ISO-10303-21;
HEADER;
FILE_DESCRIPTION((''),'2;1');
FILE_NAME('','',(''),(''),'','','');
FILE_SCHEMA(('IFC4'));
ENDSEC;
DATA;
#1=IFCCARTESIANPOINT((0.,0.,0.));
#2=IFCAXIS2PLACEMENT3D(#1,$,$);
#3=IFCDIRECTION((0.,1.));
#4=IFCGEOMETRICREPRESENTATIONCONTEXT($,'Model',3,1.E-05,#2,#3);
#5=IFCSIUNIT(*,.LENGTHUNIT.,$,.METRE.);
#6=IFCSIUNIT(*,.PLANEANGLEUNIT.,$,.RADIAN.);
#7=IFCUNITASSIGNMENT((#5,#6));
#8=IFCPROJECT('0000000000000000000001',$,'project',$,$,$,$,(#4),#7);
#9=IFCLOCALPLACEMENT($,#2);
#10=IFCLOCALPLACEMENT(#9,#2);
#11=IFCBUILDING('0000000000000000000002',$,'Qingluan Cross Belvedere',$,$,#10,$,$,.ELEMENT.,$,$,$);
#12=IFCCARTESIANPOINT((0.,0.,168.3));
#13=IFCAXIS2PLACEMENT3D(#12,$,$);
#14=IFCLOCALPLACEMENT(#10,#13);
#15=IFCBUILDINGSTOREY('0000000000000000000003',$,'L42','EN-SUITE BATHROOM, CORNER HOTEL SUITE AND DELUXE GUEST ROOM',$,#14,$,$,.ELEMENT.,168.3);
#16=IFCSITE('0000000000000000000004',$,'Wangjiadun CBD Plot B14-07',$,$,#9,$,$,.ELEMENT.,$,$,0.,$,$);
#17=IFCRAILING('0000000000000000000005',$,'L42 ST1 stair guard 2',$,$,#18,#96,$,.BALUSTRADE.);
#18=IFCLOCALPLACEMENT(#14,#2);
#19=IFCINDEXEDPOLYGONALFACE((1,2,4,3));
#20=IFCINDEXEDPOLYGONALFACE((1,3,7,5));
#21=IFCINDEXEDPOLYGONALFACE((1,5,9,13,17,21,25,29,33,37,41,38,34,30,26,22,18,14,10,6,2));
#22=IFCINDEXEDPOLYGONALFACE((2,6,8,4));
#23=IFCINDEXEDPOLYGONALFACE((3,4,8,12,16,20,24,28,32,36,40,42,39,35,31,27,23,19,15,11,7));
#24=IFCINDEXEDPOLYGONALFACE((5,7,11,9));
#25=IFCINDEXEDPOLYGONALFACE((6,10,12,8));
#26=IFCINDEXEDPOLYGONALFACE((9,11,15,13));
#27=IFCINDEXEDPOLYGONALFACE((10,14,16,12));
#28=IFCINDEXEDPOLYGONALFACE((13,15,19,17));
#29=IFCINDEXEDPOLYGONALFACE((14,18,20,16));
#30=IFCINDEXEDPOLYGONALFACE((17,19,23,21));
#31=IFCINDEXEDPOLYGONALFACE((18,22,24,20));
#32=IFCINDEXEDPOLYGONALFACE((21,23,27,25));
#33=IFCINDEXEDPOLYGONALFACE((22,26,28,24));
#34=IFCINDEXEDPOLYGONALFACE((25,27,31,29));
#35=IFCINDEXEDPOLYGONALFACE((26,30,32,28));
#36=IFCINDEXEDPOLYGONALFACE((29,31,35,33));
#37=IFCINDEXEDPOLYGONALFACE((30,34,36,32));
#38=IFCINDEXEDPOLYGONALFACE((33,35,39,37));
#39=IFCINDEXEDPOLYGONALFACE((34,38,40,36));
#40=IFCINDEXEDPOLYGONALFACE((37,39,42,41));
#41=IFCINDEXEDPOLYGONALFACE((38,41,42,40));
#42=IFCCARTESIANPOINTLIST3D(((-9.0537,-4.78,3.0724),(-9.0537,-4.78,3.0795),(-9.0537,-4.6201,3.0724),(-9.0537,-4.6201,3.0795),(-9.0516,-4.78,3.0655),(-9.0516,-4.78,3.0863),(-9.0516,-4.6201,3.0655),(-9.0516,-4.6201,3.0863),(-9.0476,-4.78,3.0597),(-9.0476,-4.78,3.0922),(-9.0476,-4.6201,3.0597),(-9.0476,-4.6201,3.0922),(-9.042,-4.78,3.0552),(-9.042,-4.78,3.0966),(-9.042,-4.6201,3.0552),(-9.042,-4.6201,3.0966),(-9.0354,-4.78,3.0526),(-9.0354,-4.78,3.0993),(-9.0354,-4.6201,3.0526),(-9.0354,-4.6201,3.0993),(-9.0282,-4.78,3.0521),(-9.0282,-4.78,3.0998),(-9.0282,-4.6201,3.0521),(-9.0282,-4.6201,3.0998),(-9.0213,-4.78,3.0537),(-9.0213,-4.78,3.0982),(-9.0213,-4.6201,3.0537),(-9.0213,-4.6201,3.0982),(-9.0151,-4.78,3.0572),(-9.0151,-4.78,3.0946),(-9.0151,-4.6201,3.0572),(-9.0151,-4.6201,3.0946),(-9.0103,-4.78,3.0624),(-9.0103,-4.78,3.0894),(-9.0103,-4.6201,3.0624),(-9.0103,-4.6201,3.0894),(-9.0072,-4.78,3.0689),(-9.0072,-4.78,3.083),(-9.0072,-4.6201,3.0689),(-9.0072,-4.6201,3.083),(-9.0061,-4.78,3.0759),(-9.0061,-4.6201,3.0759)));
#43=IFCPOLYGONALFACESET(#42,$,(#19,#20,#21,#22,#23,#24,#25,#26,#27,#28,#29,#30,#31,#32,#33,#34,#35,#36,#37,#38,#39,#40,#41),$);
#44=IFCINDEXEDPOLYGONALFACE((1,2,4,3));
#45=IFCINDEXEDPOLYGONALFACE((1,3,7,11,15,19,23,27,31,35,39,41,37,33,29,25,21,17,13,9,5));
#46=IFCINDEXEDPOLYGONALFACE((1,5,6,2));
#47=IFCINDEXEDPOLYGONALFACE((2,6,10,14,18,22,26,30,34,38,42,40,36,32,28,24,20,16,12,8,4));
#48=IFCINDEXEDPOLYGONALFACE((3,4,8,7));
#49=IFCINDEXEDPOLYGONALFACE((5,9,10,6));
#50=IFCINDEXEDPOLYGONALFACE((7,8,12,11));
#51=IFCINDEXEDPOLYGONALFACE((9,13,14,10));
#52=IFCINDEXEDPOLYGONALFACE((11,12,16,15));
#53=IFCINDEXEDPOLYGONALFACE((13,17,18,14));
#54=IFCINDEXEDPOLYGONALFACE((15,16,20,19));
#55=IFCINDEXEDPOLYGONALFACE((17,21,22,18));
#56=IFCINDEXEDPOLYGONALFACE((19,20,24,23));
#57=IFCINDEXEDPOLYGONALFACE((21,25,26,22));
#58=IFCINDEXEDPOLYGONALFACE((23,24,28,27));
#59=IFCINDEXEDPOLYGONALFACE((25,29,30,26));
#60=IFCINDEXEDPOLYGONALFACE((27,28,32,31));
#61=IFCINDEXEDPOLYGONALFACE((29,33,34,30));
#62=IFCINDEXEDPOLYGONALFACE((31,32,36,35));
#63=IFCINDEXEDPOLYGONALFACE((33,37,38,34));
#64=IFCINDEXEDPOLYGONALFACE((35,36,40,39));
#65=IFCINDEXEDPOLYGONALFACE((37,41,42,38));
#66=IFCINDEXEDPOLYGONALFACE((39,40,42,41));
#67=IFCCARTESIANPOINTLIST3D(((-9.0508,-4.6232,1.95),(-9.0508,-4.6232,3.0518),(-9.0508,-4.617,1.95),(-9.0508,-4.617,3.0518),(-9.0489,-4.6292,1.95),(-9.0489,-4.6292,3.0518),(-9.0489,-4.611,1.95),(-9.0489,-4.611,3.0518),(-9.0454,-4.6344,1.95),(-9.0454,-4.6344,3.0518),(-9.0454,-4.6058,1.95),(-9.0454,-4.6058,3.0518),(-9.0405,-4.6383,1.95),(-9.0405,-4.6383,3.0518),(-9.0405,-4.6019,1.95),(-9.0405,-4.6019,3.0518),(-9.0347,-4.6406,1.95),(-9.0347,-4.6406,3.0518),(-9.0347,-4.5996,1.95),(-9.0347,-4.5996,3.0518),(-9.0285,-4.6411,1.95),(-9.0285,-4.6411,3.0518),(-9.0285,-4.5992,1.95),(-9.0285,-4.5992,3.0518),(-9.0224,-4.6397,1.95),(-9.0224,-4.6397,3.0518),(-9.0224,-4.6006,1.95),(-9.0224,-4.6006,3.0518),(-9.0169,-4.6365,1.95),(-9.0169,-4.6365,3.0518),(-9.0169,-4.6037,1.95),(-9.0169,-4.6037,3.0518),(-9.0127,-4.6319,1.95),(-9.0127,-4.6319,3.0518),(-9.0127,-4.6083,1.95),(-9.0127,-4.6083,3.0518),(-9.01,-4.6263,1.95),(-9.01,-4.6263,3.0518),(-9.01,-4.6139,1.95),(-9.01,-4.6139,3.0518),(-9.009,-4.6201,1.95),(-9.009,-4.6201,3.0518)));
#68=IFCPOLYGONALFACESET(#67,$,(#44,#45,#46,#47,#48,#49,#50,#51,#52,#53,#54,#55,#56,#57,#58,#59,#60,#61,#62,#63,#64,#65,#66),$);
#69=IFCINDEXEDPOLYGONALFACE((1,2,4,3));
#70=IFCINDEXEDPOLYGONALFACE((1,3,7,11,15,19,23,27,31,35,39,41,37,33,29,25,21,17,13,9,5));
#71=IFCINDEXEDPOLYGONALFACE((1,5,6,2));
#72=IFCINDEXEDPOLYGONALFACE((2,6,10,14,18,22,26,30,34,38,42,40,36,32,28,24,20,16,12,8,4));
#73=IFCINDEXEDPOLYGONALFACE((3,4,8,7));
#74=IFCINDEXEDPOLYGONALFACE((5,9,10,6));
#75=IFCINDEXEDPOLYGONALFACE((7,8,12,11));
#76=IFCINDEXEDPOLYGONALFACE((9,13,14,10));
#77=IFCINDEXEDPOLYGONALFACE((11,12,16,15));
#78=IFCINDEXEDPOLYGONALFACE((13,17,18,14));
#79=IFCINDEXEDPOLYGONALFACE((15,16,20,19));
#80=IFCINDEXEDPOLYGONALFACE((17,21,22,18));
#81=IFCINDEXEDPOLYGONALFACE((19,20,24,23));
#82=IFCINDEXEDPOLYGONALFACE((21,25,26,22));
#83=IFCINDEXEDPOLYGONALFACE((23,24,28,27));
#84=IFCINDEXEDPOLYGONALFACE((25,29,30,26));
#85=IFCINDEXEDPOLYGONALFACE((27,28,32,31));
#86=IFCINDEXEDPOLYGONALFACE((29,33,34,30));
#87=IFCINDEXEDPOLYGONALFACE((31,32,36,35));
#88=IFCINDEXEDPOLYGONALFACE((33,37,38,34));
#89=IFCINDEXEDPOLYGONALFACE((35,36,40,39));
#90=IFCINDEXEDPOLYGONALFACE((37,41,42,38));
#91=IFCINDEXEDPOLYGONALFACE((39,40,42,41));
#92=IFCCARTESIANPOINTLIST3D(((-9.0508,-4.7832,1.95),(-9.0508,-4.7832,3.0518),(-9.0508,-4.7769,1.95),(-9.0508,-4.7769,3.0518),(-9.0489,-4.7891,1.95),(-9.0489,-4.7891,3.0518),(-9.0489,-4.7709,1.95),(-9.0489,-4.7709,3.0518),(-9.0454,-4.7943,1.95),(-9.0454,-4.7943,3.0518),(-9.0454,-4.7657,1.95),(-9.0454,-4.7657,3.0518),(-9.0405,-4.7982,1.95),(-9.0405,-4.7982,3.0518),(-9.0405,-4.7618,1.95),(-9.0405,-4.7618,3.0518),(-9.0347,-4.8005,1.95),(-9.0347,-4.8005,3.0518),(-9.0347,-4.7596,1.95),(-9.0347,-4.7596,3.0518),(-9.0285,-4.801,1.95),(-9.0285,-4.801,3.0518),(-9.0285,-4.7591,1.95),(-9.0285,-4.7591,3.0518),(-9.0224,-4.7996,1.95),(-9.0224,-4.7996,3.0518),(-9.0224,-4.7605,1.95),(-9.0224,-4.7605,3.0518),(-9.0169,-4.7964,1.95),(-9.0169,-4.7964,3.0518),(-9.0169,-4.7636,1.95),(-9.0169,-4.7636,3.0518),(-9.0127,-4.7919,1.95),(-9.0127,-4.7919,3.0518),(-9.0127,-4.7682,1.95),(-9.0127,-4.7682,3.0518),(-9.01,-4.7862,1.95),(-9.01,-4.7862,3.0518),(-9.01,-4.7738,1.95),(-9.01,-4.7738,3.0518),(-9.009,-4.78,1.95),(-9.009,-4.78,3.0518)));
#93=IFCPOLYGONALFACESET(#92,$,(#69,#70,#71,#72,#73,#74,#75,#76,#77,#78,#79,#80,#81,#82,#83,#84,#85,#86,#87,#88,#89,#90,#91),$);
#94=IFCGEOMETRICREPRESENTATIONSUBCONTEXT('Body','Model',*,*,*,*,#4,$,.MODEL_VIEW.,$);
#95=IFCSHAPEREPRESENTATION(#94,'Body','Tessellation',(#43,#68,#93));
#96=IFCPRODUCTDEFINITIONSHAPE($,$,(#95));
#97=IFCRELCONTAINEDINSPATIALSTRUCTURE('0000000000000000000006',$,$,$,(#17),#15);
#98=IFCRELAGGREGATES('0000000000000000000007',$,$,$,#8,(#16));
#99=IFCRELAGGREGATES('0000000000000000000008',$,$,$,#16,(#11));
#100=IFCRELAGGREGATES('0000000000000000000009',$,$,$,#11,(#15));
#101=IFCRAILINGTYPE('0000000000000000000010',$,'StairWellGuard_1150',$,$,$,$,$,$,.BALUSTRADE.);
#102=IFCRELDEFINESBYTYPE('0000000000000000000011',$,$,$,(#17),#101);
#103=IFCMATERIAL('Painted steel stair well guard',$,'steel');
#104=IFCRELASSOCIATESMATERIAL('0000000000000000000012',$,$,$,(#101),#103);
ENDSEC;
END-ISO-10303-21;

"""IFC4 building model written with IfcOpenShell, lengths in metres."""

from ifc_helpers import new_model, si_unit, direction, frame, origin, origin_2d, place, context, subcontext, project, spatial, circle, extrude, material, type_object, element, save


model = new_model("IFC4")

# Units and contexts
model_context = context("Model", 3, precision=1e-05, world=origin(), true_north=direction((0.0, 1.0)))
body_context = subcontext(model_context, "Body", "Model", "MODEL_VIEW")
ifc_project = project(units=[si_unit("LENGTHUNIT", "METRE"), si_unit("PLANEANGLEUNIT", "RADIAN")], contexts=[model_context])

# Site, building, storey
site_placement = place(None, origin())
site = spatial("IfcSite", under=ifc_project, at=site_placement, Name="Wangjiadun CBD Plot B14-07", CompositionType="ELEMENT", RefElevation=0.0)
building_placement = place(site_placement, origin())
building = spatial("IfcBuilding", under=site, at=building_placement, Name="Qingluan Cross Belvedere", CompositionType="ELEMENT")
storey_placement = place(building_placement, frame((0.0, 0.0, 168.3)))
storey = spatial("IfcBuildingStorey", under=building, at=storey_placement, Name="L42", Description="EN-SUITE BATHROOM, CORNER HOTEL SUITE AND DELUXE GUEST ROOM", CompositionType="ELEMENT", Elevation=168.3)

# Railing
ifc_material_1 = material(Name="Painted steel stair well guard", Category="steel")
railing_type_1 = type_object("IfcRailingType", Name="StairWellGuard_1150", PredefinedType="BALUSTRADE", material=ifc_material_1)
railing_1_placement = place(storey_placement, frame((-9.03, -4.6201, 1.95)))
element("IfcRailing", 1, at=railing_1_placement, inside=storey, type_object=railing_type_1, Name="L42 ST1 stair guard 2", PredefinedType="BALUSTRADE", context=body_context, shape_type="SweptSolid", body=[
    extrude(circle(Radius=0.0239, at=origin_2d()), frame((0.0, 0.0, 1.126), z_axis=(0.0, -1.0, 0.0), x_axis=(1.0, 0.0, 0.0)), (0.0, 0.0, 1.0), 0.1599),
    extrude(circle(Radius=0.021, at=origin_2d()), origin(), (0.0, 0.0, 1.0), 1.1018),
    extrude(circle(Radius=0.021, at=origin_2d()), frame((0.0, -0.1599, 0.0)), (0.0, 0.0, 1.0), 1.1018),
])

save(model, "model.ifc")
